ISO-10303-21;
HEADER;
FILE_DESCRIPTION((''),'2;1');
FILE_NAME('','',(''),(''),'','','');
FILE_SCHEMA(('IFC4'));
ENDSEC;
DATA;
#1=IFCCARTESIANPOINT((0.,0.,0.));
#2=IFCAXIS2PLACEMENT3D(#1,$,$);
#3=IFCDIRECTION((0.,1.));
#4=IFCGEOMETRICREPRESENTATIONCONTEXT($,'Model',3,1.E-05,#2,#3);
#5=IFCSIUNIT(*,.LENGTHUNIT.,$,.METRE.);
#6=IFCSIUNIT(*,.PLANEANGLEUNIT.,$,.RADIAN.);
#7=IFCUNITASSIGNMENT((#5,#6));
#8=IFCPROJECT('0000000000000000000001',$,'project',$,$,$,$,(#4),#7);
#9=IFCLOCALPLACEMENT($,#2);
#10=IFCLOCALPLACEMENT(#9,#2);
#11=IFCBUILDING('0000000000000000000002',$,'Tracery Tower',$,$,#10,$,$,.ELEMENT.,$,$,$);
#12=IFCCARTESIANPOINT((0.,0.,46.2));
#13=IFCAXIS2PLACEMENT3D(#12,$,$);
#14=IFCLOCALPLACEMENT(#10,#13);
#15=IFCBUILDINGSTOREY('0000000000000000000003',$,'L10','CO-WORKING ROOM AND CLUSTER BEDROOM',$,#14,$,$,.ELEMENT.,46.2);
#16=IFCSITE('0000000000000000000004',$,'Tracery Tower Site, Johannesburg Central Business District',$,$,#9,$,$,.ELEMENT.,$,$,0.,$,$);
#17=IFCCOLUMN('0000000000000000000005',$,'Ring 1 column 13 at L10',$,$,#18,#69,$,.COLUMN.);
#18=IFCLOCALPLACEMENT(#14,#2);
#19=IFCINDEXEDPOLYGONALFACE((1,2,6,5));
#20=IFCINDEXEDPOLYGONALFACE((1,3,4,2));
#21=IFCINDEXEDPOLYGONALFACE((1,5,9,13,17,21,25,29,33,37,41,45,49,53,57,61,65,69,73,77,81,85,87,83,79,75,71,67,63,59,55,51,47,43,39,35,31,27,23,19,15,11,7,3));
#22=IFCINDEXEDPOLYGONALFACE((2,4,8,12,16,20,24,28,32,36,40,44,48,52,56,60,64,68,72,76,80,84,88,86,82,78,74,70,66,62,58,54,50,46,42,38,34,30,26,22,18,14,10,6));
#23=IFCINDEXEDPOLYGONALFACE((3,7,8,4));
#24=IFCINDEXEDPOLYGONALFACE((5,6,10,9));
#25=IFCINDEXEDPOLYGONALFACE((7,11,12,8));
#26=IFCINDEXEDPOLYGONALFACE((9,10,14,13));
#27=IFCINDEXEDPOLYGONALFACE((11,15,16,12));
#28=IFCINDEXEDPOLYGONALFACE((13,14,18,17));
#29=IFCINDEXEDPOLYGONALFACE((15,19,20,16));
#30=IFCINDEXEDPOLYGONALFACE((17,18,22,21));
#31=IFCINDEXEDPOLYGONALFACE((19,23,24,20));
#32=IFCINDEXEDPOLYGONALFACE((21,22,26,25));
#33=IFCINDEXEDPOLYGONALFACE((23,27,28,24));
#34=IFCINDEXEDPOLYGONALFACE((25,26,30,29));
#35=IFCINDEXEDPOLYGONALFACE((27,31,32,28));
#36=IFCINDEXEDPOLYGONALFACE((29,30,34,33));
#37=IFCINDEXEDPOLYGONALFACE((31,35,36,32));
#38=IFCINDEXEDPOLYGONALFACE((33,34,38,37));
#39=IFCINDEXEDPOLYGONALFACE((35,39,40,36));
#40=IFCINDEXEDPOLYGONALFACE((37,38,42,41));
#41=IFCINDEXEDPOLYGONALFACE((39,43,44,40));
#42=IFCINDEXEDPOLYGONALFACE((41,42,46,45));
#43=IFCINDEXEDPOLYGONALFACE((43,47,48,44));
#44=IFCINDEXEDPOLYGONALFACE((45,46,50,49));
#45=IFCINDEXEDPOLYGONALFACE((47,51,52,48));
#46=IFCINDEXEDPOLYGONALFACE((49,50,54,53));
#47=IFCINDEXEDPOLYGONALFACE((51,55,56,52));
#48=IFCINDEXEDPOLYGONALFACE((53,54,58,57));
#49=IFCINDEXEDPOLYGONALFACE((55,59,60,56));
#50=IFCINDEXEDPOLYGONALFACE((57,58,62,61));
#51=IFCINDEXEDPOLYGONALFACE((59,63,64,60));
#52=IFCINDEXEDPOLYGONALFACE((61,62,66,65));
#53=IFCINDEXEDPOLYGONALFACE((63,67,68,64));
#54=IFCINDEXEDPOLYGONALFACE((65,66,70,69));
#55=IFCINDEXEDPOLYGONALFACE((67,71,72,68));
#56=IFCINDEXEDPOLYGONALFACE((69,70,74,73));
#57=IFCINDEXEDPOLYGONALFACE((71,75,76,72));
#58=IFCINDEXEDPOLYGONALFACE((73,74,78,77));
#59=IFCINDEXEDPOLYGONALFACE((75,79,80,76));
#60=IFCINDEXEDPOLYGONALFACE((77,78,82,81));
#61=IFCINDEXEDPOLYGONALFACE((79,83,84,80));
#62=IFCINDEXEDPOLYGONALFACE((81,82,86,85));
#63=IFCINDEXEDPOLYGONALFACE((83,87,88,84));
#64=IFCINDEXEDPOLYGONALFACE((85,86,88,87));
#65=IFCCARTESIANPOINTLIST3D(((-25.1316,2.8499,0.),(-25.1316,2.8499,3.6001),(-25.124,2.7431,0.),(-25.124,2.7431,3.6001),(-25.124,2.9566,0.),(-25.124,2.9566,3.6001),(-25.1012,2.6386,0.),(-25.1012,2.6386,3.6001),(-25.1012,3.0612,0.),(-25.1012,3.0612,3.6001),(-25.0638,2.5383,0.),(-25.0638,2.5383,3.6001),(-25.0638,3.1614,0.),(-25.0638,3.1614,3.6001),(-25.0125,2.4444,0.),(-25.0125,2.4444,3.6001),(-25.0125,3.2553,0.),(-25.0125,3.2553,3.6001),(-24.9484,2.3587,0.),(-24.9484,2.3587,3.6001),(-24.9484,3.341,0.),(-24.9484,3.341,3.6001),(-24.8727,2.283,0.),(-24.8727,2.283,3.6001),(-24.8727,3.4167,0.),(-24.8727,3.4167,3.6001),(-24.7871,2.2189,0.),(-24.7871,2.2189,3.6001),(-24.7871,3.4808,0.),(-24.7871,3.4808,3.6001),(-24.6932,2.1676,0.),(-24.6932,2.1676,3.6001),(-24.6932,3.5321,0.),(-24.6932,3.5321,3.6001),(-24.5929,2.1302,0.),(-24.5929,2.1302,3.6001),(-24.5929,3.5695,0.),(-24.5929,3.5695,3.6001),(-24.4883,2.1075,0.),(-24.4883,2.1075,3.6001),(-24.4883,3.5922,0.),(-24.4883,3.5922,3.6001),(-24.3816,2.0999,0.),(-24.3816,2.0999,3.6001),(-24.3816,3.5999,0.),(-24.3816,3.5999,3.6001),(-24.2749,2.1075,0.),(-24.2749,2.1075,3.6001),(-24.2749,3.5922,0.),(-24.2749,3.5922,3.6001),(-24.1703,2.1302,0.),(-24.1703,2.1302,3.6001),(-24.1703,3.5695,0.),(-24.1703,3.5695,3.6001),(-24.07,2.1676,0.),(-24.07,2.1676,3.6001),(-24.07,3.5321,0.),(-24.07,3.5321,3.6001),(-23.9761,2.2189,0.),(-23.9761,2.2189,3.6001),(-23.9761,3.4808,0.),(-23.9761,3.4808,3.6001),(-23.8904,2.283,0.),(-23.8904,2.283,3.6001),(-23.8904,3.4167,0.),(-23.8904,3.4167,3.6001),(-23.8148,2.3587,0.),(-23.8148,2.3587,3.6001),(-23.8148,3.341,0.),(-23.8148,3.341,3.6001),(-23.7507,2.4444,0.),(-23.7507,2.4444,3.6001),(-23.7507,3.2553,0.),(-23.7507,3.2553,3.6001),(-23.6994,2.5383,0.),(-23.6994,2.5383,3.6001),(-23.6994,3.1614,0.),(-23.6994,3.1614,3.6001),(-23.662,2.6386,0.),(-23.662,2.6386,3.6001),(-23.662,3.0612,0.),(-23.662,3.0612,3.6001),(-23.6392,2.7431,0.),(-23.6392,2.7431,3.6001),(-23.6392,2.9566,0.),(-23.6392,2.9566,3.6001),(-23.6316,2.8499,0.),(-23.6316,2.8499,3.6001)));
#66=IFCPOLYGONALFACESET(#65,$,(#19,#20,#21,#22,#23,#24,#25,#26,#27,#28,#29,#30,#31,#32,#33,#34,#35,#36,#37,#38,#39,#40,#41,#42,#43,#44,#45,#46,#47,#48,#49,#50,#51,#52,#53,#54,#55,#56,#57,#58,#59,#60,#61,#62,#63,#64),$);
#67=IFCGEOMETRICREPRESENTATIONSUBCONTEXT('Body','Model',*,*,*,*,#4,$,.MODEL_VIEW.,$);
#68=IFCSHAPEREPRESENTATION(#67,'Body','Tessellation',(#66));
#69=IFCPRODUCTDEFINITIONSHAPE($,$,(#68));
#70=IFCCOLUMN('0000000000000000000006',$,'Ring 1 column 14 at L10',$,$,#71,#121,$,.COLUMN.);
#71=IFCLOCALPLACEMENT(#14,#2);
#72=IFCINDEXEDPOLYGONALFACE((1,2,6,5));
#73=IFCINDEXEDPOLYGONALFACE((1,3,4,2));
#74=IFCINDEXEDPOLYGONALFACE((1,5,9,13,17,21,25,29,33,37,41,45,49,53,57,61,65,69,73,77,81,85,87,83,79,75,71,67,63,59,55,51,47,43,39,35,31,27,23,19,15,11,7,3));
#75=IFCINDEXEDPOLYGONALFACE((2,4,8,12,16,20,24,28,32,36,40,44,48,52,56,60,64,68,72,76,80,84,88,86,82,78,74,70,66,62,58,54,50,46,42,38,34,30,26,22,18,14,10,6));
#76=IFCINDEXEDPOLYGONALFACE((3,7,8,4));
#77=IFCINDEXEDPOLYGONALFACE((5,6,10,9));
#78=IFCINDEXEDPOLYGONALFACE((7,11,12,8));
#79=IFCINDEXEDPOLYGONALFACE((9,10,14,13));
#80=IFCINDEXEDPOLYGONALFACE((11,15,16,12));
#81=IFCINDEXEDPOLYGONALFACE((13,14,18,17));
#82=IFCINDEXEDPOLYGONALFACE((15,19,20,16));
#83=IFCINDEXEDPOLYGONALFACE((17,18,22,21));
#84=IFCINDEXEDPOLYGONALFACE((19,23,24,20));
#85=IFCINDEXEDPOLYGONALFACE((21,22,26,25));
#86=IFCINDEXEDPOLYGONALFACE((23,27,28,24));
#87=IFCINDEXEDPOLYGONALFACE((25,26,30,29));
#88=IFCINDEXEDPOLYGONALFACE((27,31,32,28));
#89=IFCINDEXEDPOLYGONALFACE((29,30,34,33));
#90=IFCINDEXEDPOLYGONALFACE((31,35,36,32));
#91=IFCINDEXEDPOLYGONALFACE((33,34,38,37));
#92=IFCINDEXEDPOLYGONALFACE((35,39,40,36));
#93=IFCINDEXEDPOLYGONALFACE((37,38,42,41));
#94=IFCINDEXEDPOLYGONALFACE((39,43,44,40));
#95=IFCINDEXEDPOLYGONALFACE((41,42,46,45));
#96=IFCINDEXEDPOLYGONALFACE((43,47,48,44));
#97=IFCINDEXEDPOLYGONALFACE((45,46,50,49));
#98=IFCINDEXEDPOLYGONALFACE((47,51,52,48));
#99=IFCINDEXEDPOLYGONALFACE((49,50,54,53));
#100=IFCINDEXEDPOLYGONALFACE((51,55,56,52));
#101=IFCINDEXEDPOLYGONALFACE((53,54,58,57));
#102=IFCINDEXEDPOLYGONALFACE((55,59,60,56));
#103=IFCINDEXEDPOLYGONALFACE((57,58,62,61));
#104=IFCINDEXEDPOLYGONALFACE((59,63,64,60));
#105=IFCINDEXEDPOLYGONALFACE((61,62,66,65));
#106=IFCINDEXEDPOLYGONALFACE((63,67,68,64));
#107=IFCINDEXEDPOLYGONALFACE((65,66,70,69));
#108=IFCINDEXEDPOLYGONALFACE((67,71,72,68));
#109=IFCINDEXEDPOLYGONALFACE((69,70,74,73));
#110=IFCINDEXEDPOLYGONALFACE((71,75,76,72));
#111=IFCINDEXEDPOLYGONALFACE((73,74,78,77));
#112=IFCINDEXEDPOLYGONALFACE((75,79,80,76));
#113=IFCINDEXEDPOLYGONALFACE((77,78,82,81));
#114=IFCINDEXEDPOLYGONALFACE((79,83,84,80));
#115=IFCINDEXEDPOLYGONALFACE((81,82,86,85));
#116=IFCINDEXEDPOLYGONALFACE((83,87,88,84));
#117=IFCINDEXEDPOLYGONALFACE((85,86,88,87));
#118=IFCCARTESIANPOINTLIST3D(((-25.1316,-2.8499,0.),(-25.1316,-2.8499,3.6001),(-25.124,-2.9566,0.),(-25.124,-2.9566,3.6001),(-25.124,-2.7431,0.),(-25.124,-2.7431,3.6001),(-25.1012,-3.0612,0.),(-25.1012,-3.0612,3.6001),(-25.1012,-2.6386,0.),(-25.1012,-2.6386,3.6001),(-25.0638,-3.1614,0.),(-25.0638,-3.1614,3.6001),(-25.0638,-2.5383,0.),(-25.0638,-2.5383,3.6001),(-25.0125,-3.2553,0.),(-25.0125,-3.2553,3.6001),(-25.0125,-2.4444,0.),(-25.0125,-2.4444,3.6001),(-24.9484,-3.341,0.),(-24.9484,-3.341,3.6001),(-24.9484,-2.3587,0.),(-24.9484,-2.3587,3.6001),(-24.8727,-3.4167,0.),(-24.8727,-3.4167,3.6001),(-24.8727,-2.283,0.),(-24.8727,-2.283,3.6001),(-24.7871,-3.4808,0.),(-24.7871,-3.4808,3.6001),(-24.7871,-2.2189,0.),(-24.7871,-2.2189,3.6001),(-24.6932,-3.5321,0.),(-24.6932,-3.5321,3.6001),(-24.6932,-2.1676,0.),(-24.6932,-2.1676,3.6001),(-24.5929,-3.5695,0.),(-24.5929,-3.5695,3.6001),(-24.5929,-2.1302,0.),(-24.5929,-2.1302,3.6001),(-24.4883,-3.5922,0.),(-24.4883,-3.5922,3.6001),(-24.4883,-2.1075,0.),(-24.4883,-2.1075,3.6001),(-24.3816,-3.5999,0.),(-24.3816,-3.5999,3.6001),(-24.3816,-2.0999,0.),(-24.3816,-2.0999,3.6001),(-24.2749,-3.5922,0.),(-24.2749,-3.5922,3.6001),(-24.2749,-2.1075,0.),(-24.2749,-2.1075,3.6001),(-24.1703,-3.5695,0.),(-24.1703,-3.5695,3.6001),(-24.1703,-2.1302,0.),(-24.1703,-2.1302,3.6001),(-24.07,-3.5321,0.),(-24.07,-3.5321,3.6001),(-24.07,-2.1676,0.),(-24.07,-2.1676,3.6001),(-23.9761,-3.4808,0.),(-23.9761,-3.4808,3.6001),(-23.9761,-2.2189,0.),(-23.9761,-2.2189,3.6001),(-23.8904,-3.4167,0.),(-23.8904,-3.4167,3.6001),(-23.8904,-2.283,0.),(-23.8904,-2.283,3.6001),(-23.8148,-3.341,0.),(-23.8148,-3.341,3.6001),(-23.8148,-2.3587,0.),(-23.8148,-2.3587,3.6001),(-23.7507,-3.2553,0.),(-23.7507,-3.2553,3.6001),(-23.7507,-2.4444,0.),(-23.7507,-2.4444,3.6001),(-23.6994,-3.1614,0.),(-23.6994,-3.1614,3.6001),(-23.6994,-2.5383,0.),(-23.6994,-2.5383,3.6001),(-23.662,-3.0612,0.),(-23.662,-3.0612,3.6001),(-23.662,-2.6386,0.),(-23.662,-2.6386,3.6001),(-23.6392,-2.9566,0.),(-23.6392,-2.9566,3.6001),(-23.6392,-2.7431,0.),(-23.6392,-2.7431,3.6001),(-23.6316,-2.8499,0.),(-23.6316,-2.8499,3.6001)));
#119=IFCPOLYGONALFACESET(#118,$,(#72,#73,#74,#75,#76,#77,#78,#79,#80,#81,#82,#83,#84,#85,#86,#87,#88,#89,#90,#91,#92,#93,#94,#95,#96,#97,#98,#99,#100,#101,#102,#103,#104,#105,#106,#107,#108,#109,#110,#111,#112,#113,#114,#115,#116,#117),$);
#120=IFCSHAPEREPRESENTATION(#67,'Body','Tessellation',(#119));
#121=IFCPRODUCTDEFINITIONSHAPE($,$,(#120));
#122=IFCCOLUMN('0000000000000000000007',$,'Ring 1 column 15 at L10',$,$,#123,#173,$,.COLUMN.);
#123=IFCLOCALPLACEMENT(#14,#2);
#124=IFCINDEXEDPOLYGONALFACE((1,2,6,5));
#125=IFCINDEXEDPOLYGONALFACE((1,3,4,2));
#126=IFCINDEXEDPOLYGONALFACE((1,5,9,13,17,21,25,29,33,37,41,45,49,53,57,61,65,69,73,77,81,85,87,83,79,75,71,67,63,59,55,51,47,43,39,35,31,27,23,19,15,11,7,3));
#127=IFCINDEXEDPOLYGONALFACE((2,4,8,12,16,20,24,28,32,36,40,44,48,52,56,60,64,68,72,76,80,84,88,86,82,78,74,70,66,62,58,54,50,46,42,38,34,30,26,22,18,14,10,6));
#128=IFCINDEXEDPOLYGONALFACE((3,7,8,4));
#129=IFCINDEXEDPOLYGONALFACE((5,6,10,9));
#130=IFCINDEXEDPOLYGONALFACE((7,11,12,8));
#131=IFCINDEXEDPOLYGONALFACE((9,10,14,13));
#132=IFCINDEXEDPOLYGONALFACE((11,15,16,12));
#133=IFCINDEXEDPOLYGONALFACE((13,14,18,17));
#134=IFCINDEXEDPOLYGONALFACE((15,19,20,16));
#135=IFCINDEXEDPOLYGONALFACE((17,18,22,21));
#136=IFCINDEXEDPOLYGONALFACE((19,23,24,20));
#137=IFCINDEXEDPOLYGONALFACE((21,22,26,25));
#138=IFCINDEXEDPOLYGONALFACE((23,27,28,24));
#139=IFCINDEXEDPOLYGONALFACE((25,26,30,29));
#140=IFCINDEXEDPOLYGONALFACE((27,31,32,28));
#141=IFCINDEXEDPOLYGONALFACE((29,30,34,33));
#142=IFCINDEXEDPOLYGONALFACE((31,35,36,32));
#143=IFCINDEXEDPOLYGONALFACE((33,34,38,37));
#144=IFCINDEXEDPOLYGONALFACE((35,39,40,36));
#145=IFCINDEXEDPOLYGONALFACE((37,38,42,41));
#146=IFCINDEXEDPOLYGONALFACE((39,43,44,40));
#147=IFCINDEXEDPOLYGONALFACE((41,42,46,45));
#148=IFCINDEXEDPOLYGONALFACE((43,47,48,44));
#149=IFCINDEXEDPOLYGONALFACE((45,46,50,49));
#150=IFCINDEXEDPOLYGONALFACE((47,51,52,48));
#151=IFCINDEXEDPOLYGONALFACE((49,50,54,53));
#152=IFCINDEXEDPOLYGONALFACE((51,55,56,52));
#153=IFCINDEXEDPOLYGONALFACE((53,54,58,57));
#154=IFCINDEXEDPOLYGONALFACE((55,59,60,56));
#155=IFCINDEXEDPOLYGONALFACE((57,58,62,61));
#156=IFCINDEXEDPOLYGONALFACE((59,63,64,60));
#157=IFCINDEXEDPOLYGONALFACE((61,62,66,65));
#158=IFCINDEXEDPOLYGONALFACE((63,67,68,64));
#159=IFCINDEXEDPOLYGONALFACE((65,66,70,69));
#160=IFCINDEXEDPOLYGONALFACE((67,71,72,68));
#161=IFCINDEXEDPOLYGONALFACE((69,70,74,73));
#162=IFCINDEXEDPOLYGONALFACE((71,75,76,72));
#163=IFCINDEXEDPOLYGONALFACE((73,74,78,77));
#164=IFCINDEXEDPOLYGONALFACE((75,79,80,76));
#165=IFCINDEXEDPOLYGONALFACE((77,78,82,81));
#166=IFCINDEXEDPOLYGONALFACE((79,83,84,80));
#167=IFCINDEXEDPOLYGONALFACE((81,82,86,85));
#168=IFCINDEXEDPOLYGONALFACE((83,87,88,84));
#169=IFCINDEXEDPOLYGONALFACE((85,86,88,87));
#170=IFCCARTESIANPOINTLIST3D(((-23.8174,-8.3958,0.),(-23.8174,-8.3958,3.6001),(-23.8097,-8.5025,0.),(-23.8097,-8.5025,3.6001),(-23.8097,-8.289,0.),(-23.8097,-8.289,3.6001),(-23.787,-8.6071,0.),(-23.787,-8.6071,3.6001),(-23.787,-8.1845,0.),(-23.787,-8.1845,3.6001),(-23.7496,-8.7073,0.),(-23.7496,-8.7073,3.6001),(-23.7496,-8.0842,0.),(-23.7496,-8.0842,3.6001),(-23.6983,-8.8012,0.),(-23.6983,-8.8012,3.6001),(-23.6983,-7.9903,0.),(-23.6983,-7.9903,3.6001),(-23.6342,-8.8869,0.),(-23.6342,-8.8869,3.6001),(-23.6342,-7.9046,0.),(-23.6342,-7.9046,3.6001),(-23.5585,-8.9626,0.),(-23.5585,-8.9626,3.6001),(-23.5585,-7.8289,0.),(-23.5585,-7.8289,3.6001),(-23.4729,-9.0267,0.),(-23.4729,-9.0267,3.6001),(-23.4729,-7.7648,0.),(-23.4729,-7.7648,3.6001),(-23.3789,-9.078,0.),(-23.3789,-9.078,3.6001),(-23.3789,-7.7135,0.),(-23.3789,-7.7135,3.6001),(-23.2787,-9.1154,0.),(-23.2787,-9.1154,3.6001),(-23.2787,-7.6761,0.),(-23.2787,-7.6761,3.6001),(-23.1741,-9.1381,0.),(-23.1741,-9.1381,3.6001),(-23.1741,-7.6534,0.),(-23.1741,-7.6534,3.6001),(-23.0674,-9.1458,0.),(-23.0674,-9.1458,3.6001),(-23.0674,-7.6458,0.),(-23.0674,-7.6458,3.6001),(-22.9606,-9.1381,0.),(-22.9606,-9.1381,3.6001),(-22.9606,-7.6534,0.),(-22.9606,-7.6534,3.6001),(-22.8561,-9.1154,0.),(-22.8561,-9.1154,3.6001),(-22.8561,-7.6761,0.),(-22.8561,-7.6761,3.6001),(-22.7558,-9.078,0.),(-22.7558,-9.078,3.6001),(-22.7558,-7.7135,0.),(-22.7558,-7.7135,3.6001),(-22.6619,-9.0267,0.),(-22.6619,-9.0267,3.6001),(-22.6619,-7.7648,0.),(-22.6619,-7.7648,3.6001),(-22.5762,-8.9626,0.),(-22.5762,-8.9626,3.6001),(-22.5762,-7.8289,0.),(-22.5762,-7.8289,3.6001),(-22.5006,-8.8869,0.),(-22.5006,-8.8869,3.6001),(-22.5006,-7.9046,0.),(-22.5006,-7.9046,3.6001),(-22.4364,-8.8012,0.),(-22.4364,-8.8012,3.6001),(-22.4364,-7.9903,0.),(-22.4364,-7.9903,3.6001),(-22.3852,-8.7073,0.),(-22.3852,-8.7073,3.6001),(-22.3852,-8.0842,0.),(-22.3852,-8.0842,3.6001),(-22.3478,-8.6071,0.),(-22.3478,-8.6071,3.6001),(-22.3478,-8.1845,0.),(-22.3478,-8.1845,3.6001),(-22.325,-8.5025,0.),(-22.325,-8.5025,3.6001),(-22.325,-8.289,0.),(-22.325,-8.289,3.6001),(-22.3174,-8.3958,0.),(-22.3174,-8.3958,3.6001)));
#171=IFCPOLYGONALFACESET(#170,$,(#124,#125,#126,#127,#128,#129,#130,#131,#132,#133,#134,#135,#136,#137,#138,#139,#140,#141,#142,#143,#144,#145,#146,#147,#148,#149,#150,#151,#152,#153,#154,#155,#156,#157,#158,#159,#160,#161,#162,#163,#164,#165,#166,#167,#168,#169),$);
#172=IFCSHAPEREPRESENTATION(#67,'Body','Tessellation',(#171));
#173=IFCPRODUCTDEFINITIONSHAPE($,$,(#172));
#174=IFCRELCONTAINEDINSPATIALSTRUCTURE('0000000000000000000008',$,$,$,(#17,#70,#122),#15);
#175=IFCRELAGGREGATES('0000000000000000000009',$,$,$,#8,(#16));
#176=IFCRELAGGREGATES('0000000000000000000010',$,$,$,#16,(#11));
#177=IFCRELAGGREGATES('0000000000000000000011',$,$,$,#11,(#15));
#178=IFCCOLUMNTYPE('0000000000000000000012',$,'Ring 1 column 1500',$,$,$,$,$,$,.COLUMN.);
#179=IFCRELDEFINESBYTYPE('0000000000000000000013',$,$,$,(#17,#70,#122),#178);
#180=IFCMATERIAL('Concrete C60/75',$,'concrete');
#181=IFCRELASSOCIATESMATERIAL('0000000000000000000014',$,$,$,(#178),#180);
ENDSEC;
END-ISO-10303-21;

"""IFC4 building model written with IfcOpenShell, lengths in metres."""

from ifc_helpers import new_model, si_unit, direction, frame, origin, origin_2d, place, context, subcontext, project, spatial, circle, extrude, material, material_profile, profile_set, type_object, element, save


model = new_model("IFC4")

# Units and contexts
model_context = context("Model", 3, precision=1e-05, world=origin(), true_north=direction((0.0, 1.0)))
body_context = subcontext(model_context, "Body", "Model", "MODEL_VIEW")
ifc_project = project(units=[si_unit("LENGTHUNIT", "METRE"), si_unit("PLANEANGLEUNIT", "RADIAN")], contexts=[model_context])

# Site, building, storey
site_placement = place(None, origin())
site = spatial("IfcSite", under=ifc_project, at=site_placement, Name="Tracery Tower Site, Johannesburg Central Business District", CompositionType="ELEMENT", RefElevation=0.0)
building_placement = place(site_placement, origin())
building = spatial("IfcBuilding", under=site, at=building_placement, Name="Tracery Tower", CompositionType="ELEMENT")
storey_placement = place(building_placement, frame((0.0, 0.0, 46.2)))
storey = spatial("IfcBuildingStorey", under=building, at=storey_placement, Name="L10", Description="CO-WORKING ROOM AND CLUSTER BEDROOM", CompositionType="ELEMENT", Elevation=46.2)

# Columns
ifc_material_1 = material(Name="Concrete C60/75", Category="concrete")
ifc_material_profile_1 = material_profile(ifc_material_1, circle(Radius=0.75, at=origin_2d()), Name="RC D1500")
ifc_profile_set_1 = profile_set([ifc_material_profile_1], Name="Concrete C60/75")
column_type_1 = type_object("IfcColumnType", Name="Ring 1 column 1500", PredefinedType="COLUMN", material=ifc_profile_set_1)
for number, where, z_axis, x_axis, name in (
    (1, (-24.3816, 2.8499, 0.0), (0.0, 0.0, 1.0), (1.0, 0.0, 0.0), "Ring 1 column 13 at L10"),
    (2, (-24.3816, -2.8499, 0.0), (0.0, 0.0, 1.0), (1.0, 0.0, 0.0), "Ring 1 column 14 at L10"),
    (3, (-23.0674, -8.3958, 0.0), (0.0, 0.0, 1.0), (1.0, 0.0, 0.0), "Ring 1 column 15 at L10"),
):
    element("IfcColumn", number, at=place(storey_placement, frame(where, z_axis=z_axis, x_axis=x_axis)), inside=storey, type_object=column_type_1, Name=name, PredefinedType="COLUMN", context=body_context, shape_type="SweptSolid", body=[
        extrude(circle(Radius=0.75, at=origin_2d()), origin(), (0.0, 0.0, 1.0), 3.6001),
    ])

save(model, "model.ifc")
